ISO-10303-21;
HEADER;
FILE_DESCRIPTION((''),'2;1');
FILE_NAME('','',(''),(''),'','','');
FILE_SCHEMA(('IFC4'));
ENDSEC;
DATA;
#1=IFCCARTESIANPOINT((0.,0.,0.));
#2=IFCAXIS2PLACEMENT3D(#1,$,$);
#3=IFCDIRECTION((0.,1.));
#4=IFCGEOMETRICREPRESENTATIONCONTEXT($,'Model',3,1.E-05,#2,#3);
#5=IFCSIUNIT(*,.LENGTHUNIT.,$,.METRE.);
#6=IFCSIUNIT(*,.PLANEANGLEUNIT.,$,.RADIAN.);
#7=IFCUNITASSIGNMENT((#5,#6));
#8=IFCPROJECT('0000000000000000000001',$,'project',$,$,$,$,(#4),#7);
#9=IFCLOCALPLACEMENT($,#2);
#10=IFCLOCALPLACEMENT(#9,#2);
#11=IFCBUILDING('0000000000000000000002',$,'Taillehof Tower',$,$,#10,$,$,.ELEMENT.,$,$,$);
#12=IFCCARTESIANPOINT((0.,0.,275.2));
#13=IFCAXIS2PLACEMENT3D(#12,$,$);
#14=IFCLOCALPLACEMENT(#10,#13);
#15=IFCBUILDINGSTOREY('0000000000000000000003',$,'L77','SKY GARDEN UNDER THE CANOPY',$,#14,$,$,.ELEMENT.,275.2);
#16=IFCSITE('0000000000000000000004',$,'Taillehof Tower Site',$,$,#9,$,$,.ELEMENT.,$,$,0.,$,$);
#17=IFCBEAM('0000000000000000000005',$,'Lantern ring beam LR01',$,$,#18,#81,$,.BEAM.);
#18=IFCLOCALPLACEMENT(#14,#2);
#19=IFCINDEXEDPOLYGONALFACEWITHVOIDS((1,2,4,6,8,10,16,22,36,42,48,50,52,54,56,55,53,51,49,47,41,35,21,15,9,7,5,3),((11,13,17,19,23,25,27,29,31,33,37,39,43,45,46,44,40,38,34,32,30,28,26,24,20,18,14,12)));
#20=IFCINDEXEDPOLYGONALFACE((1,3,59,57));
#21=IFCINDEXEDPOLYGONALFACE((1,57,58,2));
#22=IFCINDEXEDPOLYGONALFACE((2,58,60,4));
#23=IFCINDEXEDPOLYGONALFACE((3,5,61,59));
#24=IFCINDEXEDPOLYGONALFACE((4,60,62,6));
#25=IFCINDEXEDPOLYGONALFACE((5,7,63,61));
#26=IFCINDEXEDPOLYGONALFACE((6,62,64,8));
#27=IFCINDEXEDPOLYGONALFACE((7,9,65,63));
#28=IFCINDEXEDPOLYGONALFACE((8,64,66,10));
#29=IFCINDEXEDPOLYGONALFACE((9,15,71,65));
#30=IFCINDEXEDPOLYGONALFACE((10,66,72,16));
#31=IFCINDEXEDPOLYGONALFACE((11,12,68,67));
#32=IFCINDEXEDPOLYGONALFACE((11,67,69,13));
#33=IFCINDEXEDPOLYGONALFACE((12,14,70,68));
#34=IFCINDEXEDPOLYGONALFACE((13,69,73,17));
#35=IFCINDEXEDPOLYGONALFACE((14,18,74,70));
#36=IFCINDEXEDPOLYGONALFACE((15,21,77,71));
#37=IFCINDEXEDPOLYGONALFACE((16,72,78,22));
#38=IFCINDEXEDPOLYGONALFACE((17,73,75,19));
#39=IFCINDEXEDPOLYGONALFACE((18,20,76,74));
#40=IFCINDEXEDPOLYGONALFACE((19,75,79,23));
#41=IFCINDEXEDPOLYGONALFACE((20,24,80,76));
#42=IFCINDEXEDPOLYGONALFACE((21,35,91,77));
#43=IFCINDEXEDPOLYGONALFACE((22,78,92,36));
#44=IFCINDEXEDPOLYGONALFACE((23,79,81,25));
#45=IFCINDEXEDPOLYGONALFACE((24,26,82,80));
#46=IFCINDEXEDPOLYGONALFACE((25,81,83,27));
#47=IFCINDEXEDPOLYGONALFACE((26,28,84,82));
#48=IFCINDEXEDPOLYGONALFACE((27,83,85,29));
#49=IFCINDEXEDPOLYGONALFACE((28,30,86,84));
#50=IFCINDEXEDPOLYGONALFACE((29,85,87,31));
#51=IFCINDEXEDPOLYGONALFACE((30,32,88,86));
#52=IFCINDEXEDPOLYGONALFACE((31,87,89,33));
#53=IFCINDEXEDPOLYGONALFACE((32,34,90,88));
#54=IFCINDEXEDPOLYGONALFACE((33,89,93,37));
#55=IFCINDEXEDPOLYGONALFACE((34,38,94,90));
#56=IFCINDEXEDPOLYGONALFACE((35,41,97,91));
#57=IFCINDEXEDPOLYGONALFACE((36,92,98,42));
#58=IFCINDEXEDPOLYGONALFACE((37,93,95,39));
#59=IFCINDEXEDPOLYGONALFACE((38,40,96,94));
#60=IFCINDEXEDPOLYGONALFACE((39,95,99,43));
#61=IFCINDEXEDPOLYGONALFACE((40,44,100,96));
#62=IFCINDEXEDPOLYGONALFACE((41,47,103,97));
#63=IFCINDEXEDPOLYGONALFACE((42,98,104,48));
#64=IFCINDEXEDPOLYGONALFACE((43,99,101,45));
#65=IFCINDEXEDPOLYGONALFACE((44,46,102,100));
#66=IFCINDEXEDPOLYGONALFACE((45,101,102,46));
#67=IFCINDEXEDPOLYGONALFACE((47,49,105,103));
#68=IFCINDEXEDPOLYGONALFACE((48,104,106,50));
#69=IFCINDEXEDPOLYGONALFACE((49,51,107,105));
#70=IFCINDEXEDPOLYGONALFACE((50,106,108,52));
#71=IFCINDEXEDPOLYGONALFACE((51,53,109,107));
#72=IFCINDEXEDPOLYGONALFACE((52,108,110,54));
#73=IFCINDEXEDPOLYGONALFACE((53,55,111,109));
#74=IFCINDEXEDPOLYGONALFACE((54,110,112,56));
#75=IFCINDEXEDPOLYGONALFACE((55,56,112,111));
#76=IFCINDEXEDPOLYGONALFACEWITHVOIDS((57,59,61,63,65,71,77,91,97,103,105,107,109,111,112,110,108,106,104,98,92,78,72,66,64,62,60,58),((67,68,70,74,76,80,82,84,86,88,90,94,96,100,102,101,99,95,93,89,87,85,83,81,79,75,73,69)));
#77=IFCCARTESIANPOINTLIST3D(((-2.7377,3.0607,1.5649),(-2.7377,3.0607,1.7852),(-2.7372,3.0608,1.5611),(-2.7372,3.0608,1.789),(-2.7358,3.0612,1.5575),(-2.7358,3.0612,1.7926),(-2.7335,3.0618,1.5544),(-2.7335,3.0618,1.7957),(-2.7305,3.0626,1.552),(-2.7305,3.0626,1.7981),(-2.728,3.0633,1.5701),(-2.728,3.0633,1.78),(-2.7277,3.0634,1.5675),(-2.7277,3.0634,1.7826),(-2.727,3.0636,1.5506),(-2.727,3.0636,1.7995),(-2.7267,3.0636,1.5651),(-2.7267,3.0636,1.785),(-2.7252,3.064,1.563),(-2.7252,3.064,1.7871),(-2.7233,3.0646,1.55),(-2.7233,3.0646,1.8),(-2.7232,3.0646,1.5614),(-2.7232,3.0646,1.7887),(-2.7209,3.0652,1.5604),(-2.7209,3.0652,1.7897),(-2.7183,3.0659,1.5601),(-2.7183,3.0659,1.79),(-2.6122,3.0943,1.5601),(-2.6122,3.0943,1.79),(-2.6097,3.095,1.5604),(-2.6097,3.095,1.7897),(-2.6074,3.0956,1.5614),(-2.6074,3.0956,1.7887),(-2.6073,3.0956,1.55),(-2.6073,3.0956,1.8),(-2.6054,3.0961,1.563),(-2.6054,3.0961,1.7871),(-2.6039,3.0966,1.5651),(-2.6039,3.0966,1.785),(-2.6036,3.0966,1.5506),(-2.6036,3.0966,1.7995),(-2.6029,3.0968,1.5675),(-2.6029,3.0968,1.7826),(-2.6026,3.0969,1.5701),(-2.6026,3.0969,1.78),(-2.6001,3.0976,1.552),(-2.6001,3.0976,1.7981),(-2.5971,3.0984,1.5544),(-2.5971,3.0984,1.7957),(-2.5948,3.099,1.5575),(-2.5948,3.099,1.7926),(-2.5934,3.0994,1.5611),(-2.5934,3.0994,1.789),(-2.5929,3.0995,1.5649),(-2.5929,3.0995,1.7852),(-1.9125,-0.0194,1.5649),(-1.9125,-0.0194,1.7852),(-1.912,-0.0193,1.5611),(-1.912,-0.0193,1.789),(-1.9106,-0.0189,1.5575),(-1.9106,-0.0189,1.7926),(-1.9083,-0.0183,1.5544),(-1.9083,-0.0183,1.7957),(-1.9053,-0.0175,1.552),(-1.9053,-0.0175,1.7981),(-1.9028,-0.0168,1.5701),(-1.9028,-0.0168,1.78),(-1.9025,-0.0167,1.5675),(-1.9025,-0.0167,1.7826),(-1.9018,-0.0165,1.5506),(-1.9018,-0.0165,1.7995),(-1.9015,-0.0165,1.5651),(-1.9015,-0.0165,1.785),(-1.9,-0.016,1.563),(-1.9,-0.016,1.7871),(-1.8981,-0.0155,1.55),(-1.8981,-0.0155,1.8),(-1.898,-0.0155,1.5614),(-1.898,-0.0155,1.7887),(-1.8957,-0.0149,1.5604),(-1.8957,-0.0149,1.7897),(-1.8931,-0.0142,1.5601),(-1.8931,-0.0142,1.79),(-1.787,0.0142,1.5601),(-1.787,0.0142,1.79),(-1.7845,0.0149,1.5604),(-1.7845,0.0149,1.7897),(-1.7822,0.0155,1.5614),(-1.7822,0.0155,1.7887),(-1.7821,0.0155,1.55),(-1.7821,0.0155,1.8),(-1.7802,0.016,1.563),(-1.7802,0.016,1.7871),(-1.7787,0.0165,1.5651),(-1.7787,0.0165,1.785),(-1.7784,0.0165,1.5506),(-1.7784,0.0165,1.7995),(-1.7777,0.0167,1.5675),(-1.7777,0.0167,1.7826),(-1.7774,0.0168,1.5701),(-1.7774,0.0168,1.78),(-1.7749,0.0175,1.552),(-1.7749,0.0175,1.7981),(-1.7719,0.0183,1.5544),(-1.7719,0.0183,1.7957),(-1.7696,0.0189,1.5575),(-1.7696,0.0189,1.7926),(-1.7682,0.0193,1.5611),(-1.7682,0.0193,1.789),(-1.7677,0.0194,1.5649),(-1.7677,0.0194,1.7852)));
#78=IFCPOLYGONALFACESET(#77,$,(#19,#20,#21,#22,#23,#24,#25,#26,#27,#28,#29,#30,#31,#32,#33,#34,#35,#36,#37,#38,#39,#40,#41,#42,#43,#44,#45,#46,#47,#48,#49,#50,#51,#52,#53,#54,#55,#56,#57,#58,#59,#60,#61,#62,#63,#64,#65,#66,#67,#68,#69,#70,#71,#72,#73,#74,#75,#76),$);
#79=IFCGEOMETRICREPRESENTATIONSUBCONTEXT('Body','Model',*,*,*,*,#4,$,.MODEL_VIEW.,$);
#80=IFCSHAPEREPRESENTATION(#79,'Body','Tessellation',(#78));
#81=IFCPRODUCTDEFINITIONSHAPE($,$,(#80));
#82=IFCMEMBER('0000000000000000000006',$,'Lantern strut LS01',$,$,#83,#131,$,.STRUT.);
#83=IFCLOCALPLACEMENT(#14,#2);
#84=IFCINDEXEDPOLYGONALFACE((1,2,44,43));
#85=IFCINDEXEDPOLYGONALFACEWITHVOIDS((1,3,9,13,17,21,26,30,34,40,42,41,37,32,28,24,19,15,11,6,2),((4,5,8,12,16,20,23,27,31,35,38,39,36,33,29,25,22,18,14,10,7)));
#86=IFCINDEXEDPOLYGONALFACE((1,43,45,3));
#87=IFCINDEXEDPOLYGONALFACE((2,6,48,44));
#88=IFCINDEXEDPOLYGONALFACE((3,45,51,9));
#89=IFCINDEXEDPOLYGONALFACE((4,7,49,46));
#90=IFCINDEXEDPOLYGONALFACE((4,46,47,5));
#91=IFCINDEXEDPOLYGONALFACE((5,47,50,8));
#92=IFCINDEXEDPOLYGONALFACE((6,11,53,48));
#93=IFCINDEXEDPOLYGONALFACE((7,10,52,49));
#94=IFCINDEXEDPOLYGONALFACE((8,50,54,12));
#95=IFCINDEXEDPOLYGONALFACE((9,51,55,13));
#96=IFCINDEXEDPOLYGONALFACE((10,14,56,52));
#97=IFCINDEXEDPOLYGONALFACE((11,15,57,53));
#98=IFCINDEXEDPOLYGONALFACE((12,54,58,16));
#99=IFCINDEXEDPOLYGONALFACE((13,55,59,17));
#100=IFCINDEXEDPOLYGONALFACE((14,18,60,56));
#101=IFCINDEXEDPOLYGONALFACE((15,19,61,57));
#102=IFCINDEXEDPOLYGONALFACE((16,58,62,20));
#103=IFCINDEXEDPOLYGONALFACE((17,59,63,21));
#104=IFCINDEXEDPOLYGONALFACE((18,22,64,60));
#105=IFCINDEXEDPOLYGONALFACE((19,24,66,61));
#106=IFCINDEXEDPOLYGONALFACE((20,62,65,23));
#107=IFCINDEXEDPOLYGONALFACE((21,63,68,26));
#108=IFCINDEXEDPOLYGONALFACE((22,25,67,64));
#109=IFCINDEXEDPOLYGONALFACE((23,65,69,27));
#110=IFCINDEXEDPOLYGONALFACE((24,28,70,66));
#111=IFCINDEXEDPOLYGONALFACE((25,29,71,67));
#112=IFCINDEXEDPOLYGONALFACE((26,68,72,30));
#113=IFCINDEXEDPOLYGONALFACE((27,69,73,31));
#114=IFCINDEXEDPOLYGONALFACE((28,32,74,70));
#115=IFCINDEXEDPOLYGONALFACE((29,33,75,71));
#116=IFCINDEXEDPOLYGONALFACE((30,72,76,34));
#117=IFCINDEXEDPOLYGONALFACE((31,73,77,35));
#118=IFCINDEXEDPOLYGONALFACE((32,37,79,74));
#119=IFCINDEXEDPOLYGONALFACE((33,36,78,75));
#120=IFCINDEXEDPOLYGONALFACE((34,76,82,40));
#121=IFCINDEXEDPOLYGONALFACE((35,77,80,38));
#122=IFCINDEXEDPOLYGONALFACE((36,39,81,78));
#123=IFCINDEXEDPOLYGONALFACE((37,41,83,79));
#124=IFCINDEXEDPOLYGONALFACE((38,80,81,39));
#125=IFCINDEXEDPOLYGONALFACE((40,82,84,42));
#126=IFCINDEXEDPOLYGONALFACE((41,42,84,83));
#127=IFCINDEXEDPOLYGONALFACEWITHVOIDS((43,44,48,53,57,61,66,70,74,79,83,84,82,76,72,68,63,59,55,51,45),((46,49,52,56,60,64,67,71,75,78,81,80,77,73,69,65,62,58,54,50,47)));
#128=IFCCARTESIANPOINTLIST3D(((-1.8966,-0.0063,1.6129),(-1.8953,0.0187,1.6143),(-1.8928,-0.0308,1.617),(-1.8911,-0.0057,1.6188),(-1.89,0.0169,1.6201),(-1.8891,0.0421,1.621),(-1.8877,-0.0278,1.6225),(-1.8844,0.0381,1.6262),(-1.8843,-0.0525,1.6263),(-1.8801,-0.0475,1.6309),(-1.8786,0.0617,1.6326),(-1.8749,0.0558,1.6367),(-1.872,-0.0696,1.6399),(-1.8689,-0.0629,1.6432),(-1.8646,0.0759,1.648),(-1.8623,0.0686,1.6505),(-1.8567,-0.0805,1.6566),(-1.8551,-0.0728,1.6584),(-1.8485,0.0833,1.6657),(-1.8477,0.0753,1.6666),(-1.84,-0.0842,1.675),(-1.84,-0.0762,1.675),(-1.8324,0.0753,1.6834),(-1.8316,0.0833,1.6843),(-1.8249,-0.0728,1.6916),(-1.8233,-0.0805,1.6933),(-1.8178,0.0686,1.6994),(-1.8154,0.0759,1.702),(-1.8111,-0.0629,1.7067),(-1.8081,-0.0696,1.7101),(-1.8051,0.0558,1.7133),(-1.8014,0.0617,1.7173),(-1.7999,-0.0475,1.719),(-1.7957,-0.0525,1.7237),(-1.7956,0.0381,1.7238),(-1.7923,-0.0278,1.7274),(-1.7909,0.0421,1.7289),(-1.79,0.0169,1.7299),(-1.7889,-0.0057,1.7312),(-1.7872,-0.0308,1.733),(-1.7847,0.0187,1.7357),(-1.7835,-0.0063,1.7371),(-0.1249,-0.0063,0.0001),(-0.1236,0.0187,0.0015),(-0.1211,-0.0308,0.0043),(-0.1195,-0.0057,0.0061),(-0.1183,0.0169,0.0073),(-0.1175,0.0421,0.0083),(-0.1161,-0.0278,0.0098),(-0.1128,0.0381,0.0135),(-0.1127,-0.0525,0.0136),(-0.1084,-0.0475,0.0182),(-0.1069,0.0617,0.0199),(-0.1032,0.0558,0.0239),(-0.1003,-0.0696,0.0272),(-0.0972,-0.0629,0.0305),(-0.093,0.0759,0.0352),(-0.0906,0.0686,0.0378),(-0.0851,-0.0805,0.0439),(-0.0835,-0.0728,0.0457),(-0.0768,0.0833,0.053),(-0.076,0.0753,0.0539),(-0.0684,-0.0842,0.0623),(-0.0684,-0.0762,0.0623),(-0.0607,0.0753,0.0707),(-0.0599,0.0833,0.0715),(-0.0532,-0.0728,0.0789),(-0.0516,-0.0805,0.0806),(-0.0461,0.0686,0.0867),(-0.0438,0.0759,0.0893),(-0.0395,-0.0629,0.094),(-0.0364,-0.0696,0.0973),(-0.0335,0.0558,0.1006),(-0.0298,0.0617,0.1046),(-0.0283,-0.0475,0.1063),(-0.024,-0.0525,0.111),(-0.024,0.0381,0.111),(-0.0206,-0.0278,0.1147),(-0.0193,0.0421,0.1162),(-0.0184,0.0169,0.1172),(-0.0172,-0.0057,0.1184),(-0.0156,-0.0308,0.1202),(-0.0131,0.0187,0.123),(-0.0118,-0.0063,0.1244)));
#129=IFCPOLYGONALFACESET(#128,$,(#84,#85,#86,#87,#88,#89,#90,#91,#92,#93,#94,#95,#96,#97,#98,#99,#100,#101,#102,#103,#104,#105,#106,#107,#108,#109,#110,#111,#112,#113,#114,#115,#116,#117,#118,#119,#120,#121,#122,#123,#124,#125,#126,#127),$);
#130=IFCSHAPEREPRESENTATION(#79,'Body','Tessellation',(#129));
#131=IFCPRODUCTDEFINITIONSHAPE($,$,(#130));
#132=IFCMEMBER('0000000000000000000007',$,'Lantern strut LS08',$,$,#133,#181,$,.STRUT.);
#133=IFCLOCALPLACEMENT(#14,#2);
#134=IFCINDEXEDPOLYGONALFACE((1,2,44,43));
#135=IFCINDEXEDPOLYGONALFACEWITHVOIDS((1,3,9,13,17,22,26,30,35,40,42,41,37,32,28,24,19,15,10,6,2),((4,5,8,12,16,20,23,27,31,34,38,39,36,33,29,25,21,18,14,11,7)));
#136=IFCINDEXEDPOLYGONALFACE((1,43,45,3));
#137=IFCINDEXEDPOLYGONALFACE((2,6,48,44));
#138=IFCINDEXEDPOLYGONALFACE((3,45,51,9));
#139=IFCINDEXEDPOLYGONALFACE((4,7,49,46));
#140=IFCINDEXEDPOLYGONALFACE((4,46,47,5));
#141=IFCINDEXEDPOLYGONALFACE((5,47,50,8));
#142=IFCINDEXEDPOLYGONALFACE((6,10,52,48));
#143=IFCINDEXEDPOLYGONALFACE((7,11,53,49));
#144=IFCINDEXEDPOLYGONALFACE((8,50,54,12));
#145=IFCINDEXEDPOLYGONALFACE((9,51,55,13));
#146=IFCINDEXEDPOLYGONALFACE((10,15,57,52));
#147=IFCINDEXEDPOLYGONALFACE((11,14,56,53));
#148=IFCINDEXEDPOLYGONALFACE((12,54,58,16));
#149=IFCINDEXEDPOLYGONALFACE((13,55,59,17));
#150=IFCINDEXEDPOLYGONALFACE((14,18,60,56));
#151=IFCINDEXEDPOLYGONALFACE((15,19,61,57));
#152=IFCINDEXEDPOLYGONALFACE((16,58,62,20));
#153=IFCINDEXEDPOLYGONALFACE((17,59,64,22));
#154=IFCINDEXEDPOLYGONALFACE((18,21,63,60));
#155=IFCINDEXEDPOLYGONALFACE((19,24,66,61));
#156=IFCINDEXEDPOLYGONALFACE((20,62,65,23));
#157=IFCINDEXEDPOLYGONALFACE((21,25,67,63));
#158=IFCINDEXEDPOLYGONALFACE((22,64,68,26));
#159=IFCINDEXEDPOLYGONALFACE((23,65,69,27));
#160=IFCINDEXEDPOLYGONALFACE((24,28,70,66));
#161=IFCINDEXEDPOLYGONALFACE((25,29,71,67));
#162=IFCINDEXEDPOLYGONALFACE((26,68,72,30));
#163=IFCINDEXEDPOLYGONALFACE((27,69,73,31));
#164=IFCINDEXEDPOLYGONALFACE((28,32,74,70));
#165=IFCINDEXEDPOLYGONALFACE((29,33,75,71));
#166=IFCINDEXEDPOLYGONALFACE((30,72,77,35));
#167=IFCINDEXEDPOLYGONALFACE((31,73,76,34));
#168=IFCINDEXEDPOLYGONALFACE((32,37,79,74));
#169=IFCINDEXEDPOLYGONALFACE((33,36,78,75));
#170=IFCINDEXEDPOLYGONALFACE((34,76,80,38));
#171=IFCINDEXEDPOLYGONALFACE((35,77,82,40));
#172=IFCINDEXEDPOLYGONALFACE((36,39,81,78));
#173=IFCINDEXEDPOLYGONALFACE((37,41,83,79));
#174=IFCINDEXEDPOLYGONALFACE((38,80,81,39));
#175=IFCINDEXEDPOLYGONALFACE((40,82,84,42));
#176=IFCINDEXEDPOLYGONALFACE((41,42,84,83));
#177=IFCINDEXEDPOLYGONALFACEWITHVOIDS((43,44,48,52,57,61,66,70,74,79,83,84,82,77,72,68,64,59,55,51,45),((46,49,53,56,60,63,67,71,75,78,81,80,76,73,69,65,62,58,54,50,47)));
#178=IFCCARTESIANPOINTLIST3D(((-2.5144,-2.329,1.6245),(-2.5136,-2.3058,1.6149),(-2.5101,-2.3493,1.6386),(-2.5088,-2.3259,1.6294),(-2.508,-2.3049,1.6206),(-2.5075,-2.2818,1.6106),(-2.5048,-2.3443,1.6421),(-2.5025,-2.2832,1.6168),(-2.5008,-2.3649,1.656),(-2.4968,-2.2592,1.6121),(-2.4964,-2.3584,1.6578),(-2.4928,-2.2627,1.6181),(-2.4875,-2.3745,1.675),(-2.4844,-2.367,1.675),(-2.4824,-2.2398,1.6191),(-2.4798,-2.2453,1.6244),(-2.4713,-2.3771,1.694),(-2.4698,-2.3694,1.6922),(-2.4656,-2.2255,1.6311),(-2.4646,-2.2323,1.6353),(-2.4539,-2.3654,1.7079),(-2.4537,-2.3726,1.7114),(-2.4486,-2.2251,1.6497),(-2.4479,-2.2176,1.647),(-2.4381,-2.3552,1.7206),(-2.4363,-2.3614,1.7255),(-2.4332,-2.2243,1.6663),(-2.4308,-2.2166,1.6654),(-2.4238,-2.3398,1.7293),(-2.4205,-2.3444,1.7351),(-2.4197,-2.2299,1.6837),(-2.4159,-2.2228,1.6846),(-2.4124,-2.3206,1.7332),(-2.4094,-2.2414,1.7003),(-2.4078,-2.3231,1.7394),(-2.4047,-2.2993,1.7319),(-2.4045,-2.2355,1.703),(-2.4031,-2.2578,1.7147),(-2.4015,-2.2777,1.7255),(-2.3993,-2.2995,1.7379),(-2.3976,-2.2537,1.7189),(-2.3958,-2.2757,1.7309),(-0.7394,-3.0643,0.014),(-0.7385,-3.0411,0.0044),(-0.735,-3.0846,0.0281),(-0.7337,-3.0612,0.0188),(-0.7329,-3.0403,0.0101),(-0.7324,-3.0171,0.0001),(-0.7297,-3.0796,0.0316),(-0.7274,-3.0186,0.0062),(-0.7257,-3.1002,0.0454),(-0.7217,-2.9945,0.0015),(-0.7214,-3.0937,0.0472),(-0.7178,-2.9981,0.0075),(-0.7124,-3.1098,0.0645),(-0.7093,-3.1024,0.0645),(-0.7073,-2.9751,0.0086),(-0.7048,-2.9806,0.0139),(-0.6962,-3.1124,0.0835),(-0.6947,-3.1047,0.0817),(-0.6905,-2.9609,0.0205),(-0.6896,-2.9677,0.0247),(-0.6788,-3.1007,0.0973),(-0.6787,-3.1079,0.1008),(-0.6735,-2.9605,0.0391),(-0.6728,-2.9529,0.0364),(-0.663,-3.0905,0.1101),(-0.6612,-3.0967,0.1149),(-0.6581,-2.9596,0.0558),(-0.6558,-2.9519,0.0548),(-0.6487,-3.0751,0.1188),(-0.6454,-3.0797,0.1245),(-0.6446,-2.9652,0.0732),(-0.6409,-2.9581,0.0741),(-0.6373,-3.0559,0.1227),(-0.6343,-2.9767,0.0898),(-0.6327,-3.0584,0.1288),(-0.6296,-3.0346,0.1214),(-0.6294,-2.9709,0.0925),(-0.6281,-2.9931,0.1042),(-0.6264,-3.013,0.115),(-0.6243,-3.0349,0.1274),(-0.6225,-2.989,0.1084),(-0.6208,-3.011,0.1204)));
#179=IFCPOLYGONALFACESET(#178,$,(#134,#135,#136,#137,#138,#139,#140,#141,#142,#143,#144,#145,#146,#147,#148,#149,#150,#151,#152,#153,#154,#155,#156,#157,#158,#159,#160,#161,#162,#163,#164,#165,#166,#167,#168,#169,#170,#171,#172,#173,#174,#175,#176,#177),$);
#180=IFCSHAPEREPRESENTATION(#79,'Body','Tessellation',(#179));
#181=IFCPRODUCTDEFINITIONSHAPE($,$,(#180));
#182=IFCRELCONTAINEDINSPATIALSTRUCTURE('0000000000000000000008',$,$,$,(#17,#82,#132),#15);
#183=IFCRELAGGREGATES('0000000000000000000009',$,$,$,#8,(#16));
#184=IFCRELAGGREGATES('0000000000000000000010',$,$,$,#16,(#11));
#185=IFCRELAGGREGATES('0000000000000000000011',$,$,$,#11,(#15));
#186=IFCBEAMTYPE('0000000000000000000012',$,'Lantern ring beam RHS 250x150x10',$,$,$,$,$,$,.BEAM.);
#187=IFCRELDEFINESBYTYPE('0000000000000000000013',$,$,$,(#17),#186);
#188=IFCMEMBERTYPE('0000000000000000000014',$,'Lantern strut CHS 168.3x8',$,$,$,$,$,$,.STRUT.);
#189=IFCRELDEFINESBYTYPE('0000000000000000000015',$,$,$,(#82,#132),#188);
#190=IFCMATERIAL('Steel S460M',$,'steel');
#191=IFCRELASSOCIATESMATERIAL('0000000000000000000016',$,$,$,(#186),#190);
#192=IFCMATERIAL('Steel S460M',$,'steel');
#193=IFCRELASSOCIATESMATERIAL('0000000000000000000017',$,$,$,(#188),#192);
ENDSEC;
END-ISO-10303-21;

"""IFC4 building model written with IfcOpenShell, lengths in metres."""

from ifc_helpers import new_model, si_unit, direction, frame, origin, origin_2d, place, context, subcontext, project, spatial, hollow_rectangle, hollow_circle, extrude, material, material_profile, profile_set, type_object, element, save


model = new_model("IFC4")

# Units and contexts
model_context = context("Model", 3, precision=1e-05, world=origin(), true_north=direction((0.0, 1.0)))
body_context = subcontext(model_context, "Body", "Model", "MODEL_VIEW")
ifc_project = project(units=[si_unit("LENGTHUNIT", "METRE"), si_unit("PLANEANGLEUNIT", "RADIAN")], contexts=[model_context])

# Site, building, storey
site_placement = place(None, origin())
site = spatial("IfcSite", under=ifc_project, at=site_placement, Name="Taillehof Tower Site", CompositionType="ELEMENT", RefElevation=0.0)
building_placement = place(site_placement, origin())
building = spatial("IfcBuilding", under=site, at=building_placement, Name="Taillehof Tower", CompositionType="ELEMENT")
storey_placement = place(building_placement, frame((0.0, 0.0, 275.2)))
storey = spatial("IfcBuildingStorey", under=building, at=storey_placement, Name="L77", Description="SKY GARDEN UNDER THE CANOPY", CompositionType="ELEMENT", Elevation=275.2)

# Beam
ifc_material_1 = material(Name="Steel S460M", Category="steel")
ifc_material_profile_1 = material_profile(ifc_material_1, hollow_rectangle(XDim=0.1499, YDim=0.25, WallThickness=0.01, InnerFilletRadius=0.01, OuterFilletRadius=0.0149, at=origin_2d()), Name="RHS 250x150x10")
ifc_profile_set_1 = profile_set([ifc_material_profile_1], Name="Steel S460M")
beam_type = type_object("IfcBeamType", Name="Lantern ring beam RHS 250x150x10", PredefinedType="BEAM", material=ifc_profile_set_1)
beam_placement = place(storey_placement, frame((-1.8401, 0.0, 1.675), z_axis=(-0.258787, 0.965934, 0.0), x_axis=(-0.965934, -0.258787, 0.0)))
element("IfcBeam", 1, at=beam_placement, inside=storey, type_object=beam_type, Name="Lantern ring beam LR01", PredefinedType="BEAM", context=body_context, shape_type="SweptSolid", body=[
    extrude(hollow_rectangle(XDim=0.1499, YDim=0.25, WallThickness=0.01, InnerFilletRadius=0.01, OuterFilletRadius=0.0149, at=origin_2d()), origin(), (0.0, 0.0, 1.0), 3.1887),
])

# Members
ifc_material_2 = material(Name="Steel S460M", Category="steel")
ifc_material_profile_2 = material_profile(ifc_material_2, hollow_circle(Radius=0.0842, WallThickness=0.0081, at=origin_2d()), Name="CHS 168.3x8")
ifc_profile_set_2 = profile_set([ifc_material_profile_2], Name="Steel S460M")
member_type = type_object("IfcMemberType", Name="Lantern strut CHS 168.3x8", PredefinedType="STRUT", material=ifc_profile_set_2)
member_1_placement = place(storey_placement, frame((-0.0684, 0.0, 0.0623), z_axis=(-0.739497, 0.0, 0.67316), x_axis=(0.0, -1.0, 0.0)))
element("IfcMember", 2, at=member_1_placement, inside=storey, type_object=member_type, Name="Lantern strut LS01", PredefinedType="STRUT", context=body_context, shape_type="SweptSolid", body=[
    extrude(hollow_circle(Radius=0.0842, WallThickness=0.0081, at=origin_2d()), origin(), (0.0, 0.0, 1.0), 2.3958),
])
member_2_placement = place(storey_placement, frame((-0.6802, -3.032, 0.0645), z_axis=(-0.708028, 0.293299, 0.642396), x_axis=(-0.382711, -0.923868, 0.0)))
element("IfcMember", 3, at=member_2_placement, inside=storey, type_object=member_type, Name="Lantern strut LS08", PredefinedType="STRUT", context=body_context, shape_type="SweptSolid", body=[
    extrude(hollow_circle(Radius=0.0842, WallThickness=0.0081, at=origin_2d()), origin(), (0.0, 0.0, 1.0), 2.5071),
])

save(model, "model.ifc")
